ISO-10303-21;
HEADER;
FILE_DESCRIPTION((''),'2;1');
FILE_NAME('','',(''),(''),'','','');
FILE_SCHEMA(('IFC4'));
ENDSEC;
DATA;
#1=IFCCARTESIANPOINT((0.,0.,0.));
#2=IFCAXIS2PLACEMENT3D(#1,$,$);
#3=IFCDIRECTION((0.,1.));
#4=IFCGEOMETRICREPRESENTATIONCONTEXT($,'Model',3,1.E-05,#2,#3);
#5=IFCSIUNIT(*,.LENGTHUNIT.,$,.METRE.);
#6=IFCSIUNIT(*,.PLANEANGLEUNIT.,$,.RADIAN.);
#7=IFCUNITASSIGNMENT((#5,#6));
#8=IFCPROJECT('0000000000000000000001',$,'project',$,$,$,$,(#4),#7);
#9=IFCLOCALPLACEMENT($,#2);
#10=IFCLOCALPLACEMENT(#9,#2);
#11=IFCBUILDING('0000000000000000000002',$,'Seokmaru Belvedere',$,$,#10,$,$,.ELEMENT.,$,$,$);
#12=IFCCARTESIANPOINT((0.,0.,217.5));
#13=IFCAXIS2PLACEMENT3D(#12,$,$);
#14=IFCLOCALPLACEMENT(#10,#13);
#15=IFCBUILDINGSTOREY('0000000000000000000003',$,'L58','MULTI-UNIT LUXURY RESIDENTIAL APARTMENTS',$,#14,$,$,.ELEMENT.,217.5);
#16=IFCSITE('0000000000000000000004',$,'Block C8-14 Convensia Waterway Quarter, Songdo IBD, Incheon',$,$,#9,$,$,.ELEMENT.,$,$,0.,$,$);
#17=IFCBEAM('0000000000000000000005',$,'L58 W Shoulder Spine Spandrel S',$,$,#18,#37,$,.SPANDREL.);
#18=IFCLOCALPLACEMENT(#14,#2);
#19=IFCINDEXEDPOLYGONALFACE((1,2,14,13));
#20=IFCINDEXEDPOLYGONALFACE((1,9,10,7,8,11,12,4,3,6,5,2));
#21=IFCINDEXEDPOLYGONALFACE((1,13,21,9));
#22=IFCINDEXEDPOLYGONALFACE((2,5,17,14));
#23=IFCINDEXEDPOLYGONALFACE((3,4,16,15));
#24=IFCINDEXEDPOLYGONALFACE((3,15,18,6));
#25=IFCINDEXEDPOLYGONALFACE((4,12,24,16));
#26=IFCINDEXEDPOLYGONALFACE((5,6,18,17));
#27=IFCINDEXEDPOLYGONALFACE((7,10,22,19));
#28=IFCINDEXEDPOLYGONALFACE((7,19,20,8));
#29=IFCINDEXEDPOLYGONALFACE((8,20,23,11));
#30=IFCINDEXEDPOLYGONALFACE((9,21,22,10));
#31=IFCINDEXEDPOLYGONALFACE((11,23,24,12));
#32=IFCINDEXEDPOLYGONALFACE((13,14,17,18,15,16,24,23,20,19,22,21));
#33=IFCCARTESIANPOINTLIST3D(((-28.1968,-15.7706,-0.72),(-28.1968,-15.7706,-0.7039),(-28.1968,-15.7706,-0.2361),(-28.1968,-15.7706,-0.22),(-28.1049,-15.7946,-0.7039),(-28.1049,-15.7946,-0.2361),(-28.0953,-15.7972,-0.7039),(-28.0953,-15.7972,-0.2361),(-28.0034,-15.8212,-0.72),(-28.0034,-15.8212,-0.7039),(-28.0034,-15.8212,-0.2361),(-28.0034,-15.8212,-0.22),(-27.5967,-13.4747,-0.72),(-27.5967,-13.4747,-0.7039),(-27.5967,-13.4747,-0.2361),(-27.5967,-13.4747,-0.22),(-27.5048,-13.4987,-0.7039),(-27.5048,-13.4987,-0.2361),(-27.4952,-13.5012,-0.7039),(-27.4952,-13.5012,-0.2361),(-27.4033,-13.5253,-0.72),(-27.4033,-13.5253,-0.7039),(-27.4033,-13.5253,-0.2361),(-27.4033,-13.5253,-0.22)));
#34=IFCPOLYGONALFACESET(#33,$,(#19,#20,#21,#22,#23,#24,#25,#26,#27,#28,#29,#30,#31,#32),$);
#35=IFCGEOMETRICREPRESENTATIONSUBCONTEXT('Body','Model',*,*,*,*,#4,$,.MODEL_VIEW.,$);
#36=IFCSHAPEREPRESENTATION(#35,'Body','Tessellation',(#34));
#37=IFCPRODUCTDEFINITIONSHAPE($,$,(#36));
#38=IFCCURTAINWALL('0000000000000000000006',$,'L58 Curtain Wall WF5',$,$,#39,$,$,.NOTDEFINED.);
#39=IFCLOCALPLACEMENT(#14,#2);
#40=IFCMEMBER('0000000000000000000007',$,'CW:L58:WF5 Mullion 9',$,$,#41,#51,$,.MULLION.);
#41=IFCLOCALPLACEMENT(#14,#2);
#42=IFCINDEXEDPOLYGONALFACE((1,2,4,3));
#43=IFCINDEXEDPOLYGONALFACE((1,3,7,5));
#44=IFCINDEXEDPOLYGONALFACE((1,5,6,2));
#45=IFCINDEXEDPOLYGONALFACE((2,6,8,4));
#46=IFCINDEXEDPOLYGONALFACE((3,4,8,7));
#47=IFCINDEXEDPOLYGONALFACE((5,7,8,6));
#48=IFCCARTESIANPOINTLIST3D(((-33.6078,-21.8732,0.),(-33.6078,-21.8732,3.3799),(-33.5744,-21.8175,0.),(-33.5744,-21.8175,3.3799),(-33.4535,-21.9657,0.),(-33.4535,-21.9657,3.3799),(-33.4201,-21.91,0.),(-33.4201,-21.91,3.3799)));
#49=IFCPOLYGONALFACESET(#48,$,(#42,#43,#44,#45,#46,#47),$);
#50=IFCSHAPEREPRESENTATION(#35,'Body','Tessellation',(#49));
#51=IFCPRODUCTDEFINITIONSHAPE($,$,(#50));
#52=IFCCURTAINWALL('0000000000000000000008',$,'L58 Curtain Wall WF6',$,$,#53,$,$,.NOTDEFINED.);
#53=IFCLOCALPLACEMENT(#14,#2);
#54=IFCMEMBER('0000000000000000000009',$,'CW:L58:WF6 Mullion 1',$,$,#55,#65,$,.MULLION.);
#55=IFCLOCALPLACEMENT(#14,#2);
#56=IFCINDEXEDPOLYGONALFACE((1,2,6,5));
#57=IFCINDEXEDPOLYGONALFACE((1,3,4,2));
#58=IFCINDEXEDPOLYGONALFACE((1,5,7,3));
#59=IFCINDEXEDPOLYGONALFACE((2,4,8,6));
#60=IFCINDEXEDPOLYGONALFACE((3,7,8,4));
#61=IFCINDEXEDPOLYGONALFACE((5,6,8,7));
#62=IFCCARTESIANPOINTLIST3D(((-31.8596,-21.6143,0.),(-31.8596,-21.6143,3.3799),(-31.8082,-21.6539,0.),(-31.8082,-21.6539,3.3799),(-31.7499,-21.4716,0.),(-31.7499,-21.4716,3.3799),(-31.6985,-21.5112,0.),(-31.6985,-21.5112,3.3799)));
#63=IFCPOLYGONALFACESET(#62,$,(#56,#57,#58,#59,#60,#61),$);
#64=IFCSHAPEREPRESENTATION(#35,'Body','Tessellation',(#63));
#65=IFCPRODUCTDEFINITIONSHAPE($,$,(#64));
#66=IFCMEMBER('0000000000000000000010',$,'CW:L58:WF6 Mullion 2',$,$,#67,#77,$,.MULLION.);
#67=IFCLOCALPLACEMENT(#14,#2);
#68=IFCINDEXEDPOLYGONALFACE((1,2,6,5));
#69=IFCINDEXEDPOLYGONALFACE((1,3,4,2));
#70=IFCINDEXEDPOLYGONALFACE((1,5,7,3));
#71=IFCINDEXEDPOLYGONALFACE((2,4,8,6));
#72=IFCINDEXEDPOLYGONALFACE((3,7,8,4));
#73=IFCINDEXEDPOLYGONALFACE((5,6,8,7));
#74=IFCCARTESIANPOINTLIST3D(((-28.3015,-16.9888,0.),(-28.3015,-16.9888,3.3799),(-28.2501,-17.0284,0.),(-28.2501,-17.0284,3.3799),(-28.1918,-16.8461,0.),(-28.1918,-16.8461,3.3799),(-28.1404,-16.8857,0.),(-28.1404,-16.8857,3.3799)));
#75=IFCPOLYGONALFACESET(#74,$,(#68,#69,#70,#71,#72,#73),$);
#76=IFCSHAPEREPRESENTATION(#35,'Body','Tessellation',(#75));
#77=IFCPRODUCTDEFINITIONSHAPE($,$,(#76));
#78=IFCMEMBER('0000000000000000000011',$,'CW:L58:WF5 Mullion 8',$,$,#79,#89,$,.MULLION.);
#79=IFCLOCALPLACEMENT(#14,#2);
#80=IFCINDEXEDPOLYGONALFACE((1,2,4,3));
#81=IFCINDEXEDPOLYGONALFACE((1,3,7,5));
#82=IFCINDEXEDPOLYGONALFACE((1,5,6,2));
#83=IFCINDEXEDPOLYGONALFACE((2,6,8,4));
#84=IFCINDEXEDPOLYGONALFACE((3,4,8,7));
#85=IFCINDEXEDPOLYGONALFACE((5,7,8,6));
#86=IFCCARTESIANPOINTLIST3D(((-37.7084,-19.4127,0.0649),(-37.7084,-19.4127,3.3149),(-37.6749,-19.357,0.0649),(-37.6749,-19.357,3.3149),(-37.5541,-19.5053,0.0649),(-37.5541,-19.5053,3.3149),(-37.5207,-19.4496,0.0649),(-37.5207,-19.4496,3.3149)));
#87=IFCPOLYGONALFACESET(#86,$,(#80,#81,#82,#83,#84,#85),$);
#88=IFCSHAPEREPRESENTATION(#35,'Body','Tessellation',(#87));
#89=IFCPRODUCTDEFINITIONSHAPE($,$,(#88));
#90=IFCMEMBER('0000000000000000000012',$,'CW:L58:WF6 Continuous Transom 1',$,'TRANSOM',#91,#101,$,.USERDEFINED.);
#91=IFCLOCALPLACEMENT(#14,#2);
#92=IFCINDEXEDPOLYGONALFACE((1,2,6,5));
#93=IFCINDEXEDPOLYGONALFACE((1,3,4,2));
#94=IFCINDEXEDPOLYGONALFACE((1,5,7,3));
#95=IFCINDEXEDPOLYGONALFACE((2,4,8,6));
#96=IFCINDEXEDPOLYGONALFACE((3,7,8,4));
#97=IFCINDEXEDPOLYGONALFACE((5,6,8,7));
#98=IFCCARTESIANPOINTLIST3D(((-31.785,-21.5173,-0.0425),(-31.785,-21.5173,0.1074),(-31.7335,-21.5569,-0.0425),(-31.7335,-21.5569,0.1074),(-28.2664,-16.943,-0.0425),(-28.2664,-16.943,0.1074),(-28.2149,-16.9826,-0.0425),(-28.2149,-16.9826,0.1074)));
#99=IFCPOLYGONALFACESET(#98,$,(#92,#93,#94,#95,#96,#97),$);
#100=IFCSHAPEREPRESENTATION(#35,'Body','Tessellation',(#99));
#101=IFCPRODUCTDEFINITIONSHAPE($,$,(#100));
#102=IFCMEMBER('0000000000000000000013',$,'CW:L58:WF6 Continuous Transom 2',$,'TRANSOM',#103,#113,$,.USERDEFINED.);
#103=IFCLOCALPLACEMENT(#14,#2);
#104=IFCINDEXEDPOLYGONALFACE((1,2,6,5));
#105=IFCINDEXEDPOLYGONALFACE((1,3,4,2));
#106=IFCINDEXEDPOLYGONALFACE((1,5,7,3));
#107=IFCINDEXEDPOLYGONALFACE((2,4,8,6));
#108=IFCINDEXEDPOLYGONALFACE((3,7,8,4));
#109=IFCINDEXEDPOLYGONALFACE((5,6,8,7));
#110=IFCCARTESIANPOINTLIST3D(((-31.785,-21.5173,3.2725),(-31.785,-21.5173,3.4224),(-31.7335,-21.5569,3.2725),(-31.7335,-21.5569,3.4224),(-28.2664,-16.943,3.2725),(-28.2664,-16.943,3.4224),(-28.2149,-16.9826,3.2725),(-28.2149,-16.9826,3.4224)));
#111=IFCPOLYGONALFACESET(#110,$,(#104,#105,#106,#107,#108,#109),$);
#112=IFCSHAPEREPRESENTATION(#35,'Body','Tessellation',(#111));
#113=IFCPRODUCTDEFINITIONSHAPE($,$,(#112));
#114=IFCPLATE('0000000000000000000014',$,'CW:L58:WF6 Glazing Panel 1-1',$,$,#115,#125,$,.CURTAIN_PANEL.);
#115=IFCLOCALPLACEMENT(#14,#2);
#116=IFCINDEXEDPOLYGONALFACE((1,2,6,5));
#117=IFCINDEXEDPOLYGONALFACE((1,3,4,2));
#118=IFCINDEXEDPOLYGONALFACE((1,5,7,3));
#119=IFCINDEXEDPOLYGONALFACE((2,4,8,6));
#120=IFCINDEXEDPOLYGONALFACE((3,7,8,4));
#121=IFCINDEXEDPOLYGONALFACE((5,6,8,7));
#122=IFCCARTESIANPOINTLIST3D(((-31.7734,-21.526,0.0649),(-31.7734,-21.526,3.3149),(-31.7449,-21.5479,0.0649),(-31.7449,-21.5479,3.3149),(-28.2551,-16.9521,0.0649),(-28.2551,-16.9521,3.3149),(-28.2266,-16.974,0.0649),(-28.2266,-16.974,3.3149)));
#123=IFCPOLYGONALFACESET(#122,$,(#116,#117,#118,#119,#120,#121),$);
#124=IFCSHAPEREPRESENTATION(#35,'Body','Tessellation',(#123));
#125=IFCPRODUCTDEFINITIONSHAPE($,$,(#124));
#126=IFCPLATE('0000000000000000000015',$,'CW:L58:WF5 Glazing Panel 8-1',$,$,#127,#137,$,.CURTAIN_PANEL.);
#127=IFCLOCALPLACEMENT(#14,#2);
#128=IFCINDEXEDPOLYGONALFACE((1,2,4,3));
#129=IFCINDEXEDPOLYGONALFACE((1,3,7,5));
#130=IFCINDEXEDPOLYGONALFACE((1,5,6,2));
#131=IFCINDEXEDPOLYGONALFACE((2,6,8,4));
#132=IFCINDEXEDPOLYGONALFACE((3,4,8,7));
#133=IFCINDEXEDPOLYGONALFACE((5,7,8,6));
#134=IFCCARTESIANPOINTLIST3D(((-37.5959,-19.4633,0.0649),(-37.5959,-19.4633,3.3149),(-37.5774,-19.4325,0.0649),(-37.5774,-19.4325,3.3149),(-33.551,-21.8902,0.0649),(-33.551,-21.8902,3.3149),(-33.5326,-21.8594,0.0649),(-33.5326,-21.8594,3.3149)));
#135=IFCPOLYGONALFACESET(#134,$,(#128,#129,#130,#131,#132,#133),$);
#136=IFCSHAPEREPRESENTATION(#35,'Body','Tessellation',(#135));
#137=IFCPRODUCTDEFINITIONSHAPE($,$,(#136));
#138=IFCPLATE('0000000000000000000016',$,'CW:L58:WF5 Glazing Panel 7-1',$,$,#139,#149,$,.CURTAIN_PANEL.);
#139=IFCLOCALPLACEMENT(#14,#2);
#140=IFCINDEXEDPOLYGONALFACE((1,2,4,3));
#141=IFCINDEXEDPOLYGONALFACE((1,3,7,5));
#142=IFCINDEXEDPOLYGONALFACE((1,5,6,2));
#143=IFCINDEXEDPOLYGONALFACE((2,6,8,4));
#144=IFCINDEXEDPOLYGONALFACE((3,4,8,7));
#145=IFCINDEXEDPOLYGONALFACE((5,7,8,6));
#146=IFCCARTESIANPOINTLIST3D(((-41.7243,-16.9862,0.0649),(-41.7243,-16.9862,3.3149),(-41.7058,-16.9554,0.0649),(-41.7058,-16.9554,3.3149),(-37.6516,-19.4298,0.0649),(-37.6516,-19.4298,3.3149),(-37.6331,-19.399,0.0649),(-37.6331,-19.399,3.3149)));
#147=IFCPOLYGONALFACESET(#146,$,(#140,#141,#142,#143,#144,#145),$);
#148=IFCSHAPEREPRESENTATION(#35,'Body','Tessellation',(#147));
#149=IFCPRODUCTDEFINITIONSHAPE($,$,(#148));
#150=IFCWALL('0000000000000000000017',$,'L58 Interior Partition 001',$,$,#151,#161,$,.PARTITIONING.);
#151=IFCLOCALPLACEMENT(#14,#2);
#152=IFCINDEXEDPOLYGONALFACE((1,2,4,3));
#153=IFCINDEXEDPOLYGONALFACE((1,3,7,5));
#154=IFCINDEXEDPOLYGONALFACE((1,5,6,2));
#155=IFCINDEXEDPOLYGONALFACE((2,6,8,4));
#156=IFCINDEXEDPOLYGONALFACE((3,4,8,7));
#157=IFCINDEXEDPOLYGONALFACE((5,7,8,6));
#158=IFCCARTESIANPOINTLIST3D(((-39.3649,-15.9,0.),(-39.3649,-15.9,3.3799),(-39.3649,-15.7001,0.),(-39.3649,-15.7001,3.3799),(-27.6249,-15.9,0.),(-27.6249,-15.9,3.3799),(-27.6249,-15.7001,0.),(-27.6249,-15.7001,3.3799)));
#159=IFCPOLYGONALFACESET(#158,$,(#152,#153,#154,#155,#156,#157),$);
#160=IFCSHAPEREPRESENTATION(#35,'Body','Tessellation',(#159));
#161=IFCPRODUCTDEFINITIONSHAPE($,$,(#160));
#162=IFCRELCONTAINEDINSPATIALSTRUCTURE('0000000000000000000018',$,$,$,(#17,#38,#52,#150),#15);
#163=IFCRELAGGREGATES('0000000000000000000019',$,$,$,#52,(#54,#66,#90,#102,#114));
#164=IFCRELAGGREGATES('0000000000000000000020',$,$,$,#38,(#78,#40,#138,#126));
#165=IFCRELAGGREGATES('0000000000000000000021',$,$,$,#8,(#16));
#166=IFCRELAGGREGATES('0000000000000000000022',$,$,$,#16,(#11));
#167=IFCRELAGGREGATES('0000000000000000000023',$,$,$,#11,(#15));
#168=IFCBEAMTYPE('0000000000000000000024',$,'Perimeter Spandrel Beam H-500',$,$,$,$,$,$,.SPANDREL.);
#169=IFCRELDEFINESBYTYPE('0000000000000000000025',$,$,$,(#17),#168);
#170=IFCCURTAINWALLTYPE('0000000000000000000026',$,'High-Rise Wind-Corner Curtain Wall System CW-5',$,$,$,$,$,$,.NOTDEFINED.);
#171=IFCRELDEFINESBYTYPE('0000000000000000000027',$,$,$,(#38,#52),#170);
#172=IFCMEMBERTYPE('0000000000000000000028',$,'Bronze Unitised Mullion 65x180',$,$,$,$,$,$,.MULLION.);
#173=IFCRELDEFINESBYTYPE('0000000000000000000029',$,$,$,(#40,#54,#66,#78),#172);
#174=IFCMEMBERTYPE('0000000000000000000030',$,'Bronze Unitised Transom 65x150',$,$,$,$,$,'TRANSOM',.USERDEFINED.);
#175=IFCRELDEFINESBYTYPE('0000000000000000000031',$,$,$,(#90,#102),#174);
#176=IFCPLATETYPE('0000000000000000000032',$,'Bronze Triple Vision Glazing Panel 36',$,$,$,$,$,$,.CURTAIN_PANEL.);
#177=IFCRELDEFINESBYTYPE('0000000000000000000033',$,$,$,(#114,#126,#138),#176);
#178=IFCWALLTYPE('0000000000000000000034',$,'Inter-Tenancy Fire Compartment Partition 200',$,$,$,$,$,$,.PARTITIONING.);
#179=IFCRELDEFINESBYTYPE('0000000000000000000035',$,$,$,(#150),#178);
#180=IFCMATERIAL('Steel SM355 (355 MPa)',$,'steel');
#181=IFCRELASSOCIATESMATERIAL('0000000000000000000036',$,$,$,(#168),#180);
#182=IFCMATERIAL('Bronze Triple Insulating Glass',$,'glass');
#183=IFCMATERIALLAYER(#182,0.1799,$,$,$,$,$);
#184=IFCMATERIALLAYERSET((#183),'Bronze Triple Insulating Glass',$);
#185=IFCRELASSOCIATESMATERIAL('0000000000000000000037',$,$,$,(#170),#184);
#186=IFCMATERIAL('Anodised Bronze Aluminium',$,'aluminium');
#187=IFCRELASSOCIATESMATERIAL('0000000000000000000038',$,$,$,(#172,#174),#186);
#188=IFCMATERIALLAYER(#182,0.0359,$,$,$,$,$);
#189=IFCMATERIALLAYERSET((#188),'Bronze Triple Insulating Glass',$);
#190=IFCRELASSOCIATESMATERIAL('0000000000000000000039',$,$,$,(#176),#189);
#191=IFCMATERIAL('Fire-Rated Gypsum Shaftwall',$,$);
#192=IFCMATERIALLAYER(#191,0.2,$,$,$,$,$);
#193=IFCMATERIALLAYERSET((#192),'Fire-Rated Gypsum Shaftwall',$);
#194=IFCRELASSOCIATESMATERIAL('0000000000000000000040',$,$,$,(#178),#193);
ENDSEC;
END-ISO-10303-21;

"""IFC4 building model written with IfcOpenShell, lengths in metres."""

from ifc_helpers import new_model, si_unit, direction, frame, frame_2d, origin, origin_2d, place, context, subcontext, project, spatial, rectangle, i_section, extrude, source, transform, mapped, material, layer, layer_set, material_profile, profile_set, type_object, type_shapes, element, aggregate, save


model = new_model("IFC4")

# Units and contexts
model_context = context("Model", 3, precision=1e-05, world=origin(), true_north=direction((0.0, 1.0)))
body_context = subcontext(model_context, "Body", "Model", "MODEL_VIEW")
ifc_project = project(units=[si_unit("LENGTHUNIT", "METRE"), si_unit("PLANEANGLEUNIT", "RADIAN")], contexts=[model_context])

# Site, building, storey
site_placement = place(None, origin())
site = spatial("IfcSite", under=ifc_project, at=site_placement, Name="Block C8-14 Convensia Waterway Quarter, Songdo IBD, Incheon", CompositionType="ELEMENT", RefElevation=0.0)
building_placement = place(site_placement, origin())
building = spatial("IfcBuilding", under=site, at=building_placement, Name="Seokmaru Belvedere", CompositionType="ELEMENT")
storey_placement = place(building_placement, frame((0.0, 0.0, 217.5)))
storey = spatial("IfcBuildingStorey", under=building, at=storey_placement, Name="L58", Description="MULTI-UNIT LUXURY RESIDENTIAL APARTMENTS", CompositionType="ELEMENT", Elevation=217.5)

# Shared definitions
ifc_material_1 = material(Name="Steel SM355 (355 MPa)", Category="steel")

# Beam
ifc_material_profile_1 = material_profile(ifc_material_1, i_section(OverallWidth=0.2, OverallDepth=0.5, WebThickness=0.01, FlangeThickness=0.0161, at=origin_2d()), Name="H-500x200x10x16")
ifc_profile_set_1 = profile_set([ifc_material_profile_1], Name="Steel SM355 (355 MPa)")
beam_type_1 = type_object("IfcBeamType", Name="Perimeter Spandrel Beam H-500", PredefinedType="SPANDREL", material=ifc_profile_set_1)
shared_shape_1 = source(origin(), body_context, "Body", "SweptSolid", [
    extrude(i_section(OverallWidth=0.2, OverallDepth=0.5, WebThickness=0.01, FlangeThickness=0.0161, at=origin_2d()), origin(), (0.0, 0.0, 1.0), 2.373),
])
beam_1_placement = place(storey_placement, frame((-28.1001, -15.7959, -0.47), z_axis=(0.252883, 0.967497, 0.0), x_axis=(-0.967497, 0.252883, 0.0)))
element("IfcBeam", 1, at=beam_1_placement, inside=storey, type_object=beam_type_1, Name="L58 W Shoulder Spine Spandrel S", PredefinedType="SPANDREL", context=body_context, shape_type="MappedRepresentation", body=[
    mapped(shared_shape_1, transform((0.0, 0.0, 0.0), scale=1.0)),
])

# Curtain wall, member
ifc_material_2 = material(Name="Bronze Triple Insulating Glass", Category="glass")
ifc_layer_1 = layer(ifc_material_2, 0.1799)
ifc_layer_set_1 = layer_set([ifc_layer_1], Name="Bronze Triple Insulating Glass")
curtain_wall_type = type_object("IfcCurtainWallType", Name="High-Rise Wind-Corner Curtain Wall System CW-5", PredefinedType="NOTDEFINED", material=ifc_layer_set_1)
curtain_wall_1_placement = place(storey_placement, origin())
curtain_wall_1 = element("IfcCurtainWall", 2, at=curtain_wall_1_placement, inside=storey, type_object=curtain_wall_type, Name="L58 Curtain Wall WF5", PredefinedType="NOTDEFINED")
ifc_material_3 = material(Name="Anodised Bronze Aluminium", Category="aluminium")
ifc_material_profile_2 = material_profile(ifc_material_3, rectangle(XDim=0.0649, YDim=0.1799, at=origin_2d()), Name="CW-M-65x180")
ifc_profile_set_2 = profile_set([ifc_material_profile_2], Name="Anodised Bronze Aluminium")
member_type_1 = type_object("IfcMemberType", Name="Bronze Unitised Mullion 65x180", PredefinedType="MULLION", material=ifc_profile_set_2)
shared_shape_2 = source(origin(), body_context, "Body", "SweptSolid", [
    extrude(rectangle(XDim=0.0649, YDim=0.1799, at=origin_2d()), origin(), (0.0, 0.0, 1.0), 3.3799),
])
member_1_placement = place(storey_placement, frame((-33.5139, -21.8916, 0.0), z_axis=(0.0, 0.0, 1.0), x_axis=(0.514495, 0.857493, 0.0)))
member_1 = element("IfcMember", 3, at=member_1_placement, type_object=member_type_1, Name="CW:L58:WF5 Mullion 9", PredefinedType="MULLION", context=body_context, shape_type="MappedRepresentation", body=[
    mapped(shared_shape_2, transform((0.0, 0.0, 0.0), scale=1.0)),
])

# Curtain wall, members
curtain_wall_2_placement = place(storey_placement, origin())
curtain_wall_2 = element("IfcCurtainWall", 4, at=curtain_wall_2_placement, inside=storey, type_object=curtain_wall_type, Name="L58 Curtain Wall WF6", PredefinedType="NOTDEFINED")
member_2_placement = place(storey_placement, frame((-31.7791, -21.5627, 0.0), z_axis=(0.0, 0.0, 1.0), x_axis=(-0.792631, 0.609701, 0.0)))
member_2 = element("IfcMember", 5, at=member_2_placement, type_object=member_type_1, Name="CW:L58:WF6 Mullion 1", PredefinedType="MULLION", context=body_context, shape_type="MappedRepresentation", body=[
    mapped(shared_shape_2, transform((0.0, 0.0, 0.0), scale=1.0)),
])
member_3_placement = place(storey_placement, frame((-28.2209, -16.9373, 0.0), z_axis=(0.0, 0.0, 1.0), x_axis=(-0.792631, 0.609701, 0.0)))
member_3 = element("IfcMember", 6, at=member_3_placement, type_object=member_type_1, Name="CW:L58:WF6 Mullion 2", PredefinedType="MULLION", context=body_context, shape_type="MappedRepresentation", body=[
    mapped(shared_shape_2, transform((0.0, 0.0, 0.0), scale=1.0)),
])

# Members
shared_shape_3 = source(origin(), body_context, "Body", "SweptSolid", [
    extrude(rectangle(XDim=0.0649, YDim=0.1799, at=origin_2d()), origin(), (0.0, 0.0, 1.0), 3.25),
])
type_shapes(member_type_1, [shared_shape_2, shared_shape_3])
member_4_placement = place(storey_placement, frame((-37.6145, -19.4312, 0.0649), z_axis=(0.0, 0.0, 1.0), x_axis=(0.514495, 0.857493, 0.0)))
member_4 = element("IfcMember", 7, at=member_4_placement, type_object=member_type_1, Name="CW:L58:WF5 Mullion 8", PredefinedType="MULLION", context=body_context, shape_type="MappedRepresentation", body=[
    mapped(shared_shape_3, transform((0.0, 0.0, 0.0), scale=1.0)),
])
ifc_material_profile_3 = material_profile(ifc_material_3, rectangle(XDim=0.0649, YDim=0.1499, at=origin_2d()), Name="CW-T-65x150")
ifc_profile_set_3 = profile_set([ifc_material_profile_3], Name="Anodised Bronze Aluminium")
member_type_2 = type_object("IfcMemberType", Name="Bronze Unitised Transom 65x150", ElementType="TRANSOM", PredefinedType="USERDEFINED", material=ifc_profile_set_3)
shared_shape_4 = source(origin(), body_context, "Body", "SweptSolid", [
    extrude(rectangle(XDim=0.0649, YDim=0.1499, at=origin_2d()), origin(), (0.0, 0.0, 1.0), 5.771),
])
type_shapes(member_type_2, [shared_shape_4])
member_5_placement = place(storey_placement, frame((-31.7593, -21.5371, 0.0325), z_axis=(0.609703, 0.79263, 0.0), x_axis=(-0.79263, 0.609703, 0.0)))
member_5 = element("IfcMember", 8, at=member_5_placement, type_object=member_type_2, Name="CW:L58:WF6 Continuous Transom 1", ObjectType="TRANSOM", PredefinedType="USERDEFINED", context=body_context, shape_type="MappedRepresentation", body=[
    mapped(shared_shape_4, transform((0.0, 0.0, 0.0), scale=1.0)),
])
member_6_placement = place(storey_placement, frame((-31.7593, -21.5371, 3.3474), z_axis=(0.609703, 0.79263, 0.0), x_axis=(-0.79263, 0.609703, 0.0)))
member_6 = element("IfcMember", 9, at=member_6_placement, type_object=member_type_2, Name="CW:L58:WF6 Continuous Transom 2", ObjectType="TRANSOM", PredefinedType="USERDEFINED", context=body_context, shape_type="MappedRepresentation", body=[
    mapped(shared_shape_4, transform((0.0, 0.0, 0.0), scale=1.0)),
])

# Plates
ifc_layer_2 = layer(ifc_material_2, 0.0359)
ifc_layer_set_2 = layer_set([ifc_layer_2], Name="Bronze Triple Insulating Glass")
plate_type = type_object("IfcPlateType", Name="Bronze Triple Vision Glazing Panel 36", PredefinedType="CURTAIN_PANEL", material=ifc_layer_set_2)
shared_shape_5 = source(origin(), body_context, "Body", "SweptSolid", [
    extrude(rectangle(XDim=5.7705, YDim=0.0359, at=origin_2d()), origin(), (0.0, 0.0, 1.0), 3.25),
])
plate_1_placement = place(storey_placement, frame((-30.0, -19.25, 0.0649), z_axis=(0.0, 0.0, 1.0), x_axis=(0.609701, 0.792631, 0.0)))
plate_1 = element("IfcPlate", 10, at=plate_1_placement, type_object=plate_type, Name="CW:L58:WF6 Glazing Panel 1-1", PredefinedType="CURTAIN_PANEL", context=body_context, shape_type="MappedRepresentation", body=[
    mapped(shared_shape_5, transform((0.0, 0.0, 0.0), scale=1.0)),
])
aggregate(curtain_wall_2, [member_2, member_3, member_5, member_6, plate_1])
shared_shape_6 = source(origin(), body_context, "Body", "SweptSolid", [
    extrude(rectangle(XDim=4.717, YDim=0.0359, at=origin_2d()), origin(), (0.0, 0.0, 1.0), 3.25),
])
plate_2_placement = place(storey_placement, frame((-35.5642, -20.6614, 0.0649), z_axis=(0.0, 0.0, 1.0), x_axis=(0.857493, -0.514495, 0.0)))
plate_2 = element("IfcPlate", 11, at=plate_2_placement, type_object=plate_type, Name="CW:L58:WF5 Glazing Panel 8-1", PredefinedType="CURTAIN_PANEL", context=body_context, shape_type="MappedRepresentation", body=[
    mapped(shared_shape_6, transform((0.0, 0.0, 0.0), scale=1.0)),
])
shared_shape_7 = source(origin(), body_context, "Body", "SweptSolid", [
    extrude(rectangle(XDim=4.7495, YDim=0.0359, at=origin_2d()), origin(), (0.0, 0.0, 1.0), 3.25),
])
type_shapes(plate_type, [shared_shape_5, shared_shape_6, shared_shape_7])
plate_3_placement = place(storey_placement, frame((-39.6787, -18.1926, 0.0649), z_axis=(0.0, 0.0, 1.0), x_axis=(0.857493, -0.514495, 0.0)))
plate_3 = element("IfcPlate", 12, at=plate_3_placement, type_object=plate_type, Name="CW:L58:WF5 Glazing Panel 7-1", PredefinedType="CURTAIN_PANEL", context=body_context, shape_type="MappedRepresentation", body=[
    mapped(shared_shape_7, transform((0.0, 0.0, 0.0), scale=1.0)),
])
aggregate(curtain_wall_1, [member_4, member_1, plate_3, plate_2])

# Wall
ifc_material_4 = material(Name="Fire-Rated Gypsum Shaftwall")
ifc_layer_3 = layer(ifc_material_4, 0.2)
ifc_layer_set_3 = layer_set([ifc_layer_3], Name="Fire-Rated Gypsum Shaftwall")
wall_type_1 = type_object("IfcWallType", Name="Inter-Tenancy Fire Compartment Partition 200", PredefinedType="PARTITIONING", material=ifc_layer_set_3)
wall_1_placement = place(storey_placement, frame((-39.365, -15.8, 0.0), z_axis=(0.0, 0.0, 1.0), x_axis=(1.0, 0.0, 0.0)))
element("IfcWall", 13, at=wall_1_placement, inside=storey, type_object=wall_type_1, Name="L58 Interior Partition 001", PredefinedType="PARTITIONING", context=body_context, shape_type="SweptSolid", body=[
    extrude(rectangle(XDim=11.74, YDim=0.2, at=frame_2d((5.8701, 0.0))), origin(), (0.0, 0.0, 1.0), 3.3799),
])

save(model, "model.ifc")
